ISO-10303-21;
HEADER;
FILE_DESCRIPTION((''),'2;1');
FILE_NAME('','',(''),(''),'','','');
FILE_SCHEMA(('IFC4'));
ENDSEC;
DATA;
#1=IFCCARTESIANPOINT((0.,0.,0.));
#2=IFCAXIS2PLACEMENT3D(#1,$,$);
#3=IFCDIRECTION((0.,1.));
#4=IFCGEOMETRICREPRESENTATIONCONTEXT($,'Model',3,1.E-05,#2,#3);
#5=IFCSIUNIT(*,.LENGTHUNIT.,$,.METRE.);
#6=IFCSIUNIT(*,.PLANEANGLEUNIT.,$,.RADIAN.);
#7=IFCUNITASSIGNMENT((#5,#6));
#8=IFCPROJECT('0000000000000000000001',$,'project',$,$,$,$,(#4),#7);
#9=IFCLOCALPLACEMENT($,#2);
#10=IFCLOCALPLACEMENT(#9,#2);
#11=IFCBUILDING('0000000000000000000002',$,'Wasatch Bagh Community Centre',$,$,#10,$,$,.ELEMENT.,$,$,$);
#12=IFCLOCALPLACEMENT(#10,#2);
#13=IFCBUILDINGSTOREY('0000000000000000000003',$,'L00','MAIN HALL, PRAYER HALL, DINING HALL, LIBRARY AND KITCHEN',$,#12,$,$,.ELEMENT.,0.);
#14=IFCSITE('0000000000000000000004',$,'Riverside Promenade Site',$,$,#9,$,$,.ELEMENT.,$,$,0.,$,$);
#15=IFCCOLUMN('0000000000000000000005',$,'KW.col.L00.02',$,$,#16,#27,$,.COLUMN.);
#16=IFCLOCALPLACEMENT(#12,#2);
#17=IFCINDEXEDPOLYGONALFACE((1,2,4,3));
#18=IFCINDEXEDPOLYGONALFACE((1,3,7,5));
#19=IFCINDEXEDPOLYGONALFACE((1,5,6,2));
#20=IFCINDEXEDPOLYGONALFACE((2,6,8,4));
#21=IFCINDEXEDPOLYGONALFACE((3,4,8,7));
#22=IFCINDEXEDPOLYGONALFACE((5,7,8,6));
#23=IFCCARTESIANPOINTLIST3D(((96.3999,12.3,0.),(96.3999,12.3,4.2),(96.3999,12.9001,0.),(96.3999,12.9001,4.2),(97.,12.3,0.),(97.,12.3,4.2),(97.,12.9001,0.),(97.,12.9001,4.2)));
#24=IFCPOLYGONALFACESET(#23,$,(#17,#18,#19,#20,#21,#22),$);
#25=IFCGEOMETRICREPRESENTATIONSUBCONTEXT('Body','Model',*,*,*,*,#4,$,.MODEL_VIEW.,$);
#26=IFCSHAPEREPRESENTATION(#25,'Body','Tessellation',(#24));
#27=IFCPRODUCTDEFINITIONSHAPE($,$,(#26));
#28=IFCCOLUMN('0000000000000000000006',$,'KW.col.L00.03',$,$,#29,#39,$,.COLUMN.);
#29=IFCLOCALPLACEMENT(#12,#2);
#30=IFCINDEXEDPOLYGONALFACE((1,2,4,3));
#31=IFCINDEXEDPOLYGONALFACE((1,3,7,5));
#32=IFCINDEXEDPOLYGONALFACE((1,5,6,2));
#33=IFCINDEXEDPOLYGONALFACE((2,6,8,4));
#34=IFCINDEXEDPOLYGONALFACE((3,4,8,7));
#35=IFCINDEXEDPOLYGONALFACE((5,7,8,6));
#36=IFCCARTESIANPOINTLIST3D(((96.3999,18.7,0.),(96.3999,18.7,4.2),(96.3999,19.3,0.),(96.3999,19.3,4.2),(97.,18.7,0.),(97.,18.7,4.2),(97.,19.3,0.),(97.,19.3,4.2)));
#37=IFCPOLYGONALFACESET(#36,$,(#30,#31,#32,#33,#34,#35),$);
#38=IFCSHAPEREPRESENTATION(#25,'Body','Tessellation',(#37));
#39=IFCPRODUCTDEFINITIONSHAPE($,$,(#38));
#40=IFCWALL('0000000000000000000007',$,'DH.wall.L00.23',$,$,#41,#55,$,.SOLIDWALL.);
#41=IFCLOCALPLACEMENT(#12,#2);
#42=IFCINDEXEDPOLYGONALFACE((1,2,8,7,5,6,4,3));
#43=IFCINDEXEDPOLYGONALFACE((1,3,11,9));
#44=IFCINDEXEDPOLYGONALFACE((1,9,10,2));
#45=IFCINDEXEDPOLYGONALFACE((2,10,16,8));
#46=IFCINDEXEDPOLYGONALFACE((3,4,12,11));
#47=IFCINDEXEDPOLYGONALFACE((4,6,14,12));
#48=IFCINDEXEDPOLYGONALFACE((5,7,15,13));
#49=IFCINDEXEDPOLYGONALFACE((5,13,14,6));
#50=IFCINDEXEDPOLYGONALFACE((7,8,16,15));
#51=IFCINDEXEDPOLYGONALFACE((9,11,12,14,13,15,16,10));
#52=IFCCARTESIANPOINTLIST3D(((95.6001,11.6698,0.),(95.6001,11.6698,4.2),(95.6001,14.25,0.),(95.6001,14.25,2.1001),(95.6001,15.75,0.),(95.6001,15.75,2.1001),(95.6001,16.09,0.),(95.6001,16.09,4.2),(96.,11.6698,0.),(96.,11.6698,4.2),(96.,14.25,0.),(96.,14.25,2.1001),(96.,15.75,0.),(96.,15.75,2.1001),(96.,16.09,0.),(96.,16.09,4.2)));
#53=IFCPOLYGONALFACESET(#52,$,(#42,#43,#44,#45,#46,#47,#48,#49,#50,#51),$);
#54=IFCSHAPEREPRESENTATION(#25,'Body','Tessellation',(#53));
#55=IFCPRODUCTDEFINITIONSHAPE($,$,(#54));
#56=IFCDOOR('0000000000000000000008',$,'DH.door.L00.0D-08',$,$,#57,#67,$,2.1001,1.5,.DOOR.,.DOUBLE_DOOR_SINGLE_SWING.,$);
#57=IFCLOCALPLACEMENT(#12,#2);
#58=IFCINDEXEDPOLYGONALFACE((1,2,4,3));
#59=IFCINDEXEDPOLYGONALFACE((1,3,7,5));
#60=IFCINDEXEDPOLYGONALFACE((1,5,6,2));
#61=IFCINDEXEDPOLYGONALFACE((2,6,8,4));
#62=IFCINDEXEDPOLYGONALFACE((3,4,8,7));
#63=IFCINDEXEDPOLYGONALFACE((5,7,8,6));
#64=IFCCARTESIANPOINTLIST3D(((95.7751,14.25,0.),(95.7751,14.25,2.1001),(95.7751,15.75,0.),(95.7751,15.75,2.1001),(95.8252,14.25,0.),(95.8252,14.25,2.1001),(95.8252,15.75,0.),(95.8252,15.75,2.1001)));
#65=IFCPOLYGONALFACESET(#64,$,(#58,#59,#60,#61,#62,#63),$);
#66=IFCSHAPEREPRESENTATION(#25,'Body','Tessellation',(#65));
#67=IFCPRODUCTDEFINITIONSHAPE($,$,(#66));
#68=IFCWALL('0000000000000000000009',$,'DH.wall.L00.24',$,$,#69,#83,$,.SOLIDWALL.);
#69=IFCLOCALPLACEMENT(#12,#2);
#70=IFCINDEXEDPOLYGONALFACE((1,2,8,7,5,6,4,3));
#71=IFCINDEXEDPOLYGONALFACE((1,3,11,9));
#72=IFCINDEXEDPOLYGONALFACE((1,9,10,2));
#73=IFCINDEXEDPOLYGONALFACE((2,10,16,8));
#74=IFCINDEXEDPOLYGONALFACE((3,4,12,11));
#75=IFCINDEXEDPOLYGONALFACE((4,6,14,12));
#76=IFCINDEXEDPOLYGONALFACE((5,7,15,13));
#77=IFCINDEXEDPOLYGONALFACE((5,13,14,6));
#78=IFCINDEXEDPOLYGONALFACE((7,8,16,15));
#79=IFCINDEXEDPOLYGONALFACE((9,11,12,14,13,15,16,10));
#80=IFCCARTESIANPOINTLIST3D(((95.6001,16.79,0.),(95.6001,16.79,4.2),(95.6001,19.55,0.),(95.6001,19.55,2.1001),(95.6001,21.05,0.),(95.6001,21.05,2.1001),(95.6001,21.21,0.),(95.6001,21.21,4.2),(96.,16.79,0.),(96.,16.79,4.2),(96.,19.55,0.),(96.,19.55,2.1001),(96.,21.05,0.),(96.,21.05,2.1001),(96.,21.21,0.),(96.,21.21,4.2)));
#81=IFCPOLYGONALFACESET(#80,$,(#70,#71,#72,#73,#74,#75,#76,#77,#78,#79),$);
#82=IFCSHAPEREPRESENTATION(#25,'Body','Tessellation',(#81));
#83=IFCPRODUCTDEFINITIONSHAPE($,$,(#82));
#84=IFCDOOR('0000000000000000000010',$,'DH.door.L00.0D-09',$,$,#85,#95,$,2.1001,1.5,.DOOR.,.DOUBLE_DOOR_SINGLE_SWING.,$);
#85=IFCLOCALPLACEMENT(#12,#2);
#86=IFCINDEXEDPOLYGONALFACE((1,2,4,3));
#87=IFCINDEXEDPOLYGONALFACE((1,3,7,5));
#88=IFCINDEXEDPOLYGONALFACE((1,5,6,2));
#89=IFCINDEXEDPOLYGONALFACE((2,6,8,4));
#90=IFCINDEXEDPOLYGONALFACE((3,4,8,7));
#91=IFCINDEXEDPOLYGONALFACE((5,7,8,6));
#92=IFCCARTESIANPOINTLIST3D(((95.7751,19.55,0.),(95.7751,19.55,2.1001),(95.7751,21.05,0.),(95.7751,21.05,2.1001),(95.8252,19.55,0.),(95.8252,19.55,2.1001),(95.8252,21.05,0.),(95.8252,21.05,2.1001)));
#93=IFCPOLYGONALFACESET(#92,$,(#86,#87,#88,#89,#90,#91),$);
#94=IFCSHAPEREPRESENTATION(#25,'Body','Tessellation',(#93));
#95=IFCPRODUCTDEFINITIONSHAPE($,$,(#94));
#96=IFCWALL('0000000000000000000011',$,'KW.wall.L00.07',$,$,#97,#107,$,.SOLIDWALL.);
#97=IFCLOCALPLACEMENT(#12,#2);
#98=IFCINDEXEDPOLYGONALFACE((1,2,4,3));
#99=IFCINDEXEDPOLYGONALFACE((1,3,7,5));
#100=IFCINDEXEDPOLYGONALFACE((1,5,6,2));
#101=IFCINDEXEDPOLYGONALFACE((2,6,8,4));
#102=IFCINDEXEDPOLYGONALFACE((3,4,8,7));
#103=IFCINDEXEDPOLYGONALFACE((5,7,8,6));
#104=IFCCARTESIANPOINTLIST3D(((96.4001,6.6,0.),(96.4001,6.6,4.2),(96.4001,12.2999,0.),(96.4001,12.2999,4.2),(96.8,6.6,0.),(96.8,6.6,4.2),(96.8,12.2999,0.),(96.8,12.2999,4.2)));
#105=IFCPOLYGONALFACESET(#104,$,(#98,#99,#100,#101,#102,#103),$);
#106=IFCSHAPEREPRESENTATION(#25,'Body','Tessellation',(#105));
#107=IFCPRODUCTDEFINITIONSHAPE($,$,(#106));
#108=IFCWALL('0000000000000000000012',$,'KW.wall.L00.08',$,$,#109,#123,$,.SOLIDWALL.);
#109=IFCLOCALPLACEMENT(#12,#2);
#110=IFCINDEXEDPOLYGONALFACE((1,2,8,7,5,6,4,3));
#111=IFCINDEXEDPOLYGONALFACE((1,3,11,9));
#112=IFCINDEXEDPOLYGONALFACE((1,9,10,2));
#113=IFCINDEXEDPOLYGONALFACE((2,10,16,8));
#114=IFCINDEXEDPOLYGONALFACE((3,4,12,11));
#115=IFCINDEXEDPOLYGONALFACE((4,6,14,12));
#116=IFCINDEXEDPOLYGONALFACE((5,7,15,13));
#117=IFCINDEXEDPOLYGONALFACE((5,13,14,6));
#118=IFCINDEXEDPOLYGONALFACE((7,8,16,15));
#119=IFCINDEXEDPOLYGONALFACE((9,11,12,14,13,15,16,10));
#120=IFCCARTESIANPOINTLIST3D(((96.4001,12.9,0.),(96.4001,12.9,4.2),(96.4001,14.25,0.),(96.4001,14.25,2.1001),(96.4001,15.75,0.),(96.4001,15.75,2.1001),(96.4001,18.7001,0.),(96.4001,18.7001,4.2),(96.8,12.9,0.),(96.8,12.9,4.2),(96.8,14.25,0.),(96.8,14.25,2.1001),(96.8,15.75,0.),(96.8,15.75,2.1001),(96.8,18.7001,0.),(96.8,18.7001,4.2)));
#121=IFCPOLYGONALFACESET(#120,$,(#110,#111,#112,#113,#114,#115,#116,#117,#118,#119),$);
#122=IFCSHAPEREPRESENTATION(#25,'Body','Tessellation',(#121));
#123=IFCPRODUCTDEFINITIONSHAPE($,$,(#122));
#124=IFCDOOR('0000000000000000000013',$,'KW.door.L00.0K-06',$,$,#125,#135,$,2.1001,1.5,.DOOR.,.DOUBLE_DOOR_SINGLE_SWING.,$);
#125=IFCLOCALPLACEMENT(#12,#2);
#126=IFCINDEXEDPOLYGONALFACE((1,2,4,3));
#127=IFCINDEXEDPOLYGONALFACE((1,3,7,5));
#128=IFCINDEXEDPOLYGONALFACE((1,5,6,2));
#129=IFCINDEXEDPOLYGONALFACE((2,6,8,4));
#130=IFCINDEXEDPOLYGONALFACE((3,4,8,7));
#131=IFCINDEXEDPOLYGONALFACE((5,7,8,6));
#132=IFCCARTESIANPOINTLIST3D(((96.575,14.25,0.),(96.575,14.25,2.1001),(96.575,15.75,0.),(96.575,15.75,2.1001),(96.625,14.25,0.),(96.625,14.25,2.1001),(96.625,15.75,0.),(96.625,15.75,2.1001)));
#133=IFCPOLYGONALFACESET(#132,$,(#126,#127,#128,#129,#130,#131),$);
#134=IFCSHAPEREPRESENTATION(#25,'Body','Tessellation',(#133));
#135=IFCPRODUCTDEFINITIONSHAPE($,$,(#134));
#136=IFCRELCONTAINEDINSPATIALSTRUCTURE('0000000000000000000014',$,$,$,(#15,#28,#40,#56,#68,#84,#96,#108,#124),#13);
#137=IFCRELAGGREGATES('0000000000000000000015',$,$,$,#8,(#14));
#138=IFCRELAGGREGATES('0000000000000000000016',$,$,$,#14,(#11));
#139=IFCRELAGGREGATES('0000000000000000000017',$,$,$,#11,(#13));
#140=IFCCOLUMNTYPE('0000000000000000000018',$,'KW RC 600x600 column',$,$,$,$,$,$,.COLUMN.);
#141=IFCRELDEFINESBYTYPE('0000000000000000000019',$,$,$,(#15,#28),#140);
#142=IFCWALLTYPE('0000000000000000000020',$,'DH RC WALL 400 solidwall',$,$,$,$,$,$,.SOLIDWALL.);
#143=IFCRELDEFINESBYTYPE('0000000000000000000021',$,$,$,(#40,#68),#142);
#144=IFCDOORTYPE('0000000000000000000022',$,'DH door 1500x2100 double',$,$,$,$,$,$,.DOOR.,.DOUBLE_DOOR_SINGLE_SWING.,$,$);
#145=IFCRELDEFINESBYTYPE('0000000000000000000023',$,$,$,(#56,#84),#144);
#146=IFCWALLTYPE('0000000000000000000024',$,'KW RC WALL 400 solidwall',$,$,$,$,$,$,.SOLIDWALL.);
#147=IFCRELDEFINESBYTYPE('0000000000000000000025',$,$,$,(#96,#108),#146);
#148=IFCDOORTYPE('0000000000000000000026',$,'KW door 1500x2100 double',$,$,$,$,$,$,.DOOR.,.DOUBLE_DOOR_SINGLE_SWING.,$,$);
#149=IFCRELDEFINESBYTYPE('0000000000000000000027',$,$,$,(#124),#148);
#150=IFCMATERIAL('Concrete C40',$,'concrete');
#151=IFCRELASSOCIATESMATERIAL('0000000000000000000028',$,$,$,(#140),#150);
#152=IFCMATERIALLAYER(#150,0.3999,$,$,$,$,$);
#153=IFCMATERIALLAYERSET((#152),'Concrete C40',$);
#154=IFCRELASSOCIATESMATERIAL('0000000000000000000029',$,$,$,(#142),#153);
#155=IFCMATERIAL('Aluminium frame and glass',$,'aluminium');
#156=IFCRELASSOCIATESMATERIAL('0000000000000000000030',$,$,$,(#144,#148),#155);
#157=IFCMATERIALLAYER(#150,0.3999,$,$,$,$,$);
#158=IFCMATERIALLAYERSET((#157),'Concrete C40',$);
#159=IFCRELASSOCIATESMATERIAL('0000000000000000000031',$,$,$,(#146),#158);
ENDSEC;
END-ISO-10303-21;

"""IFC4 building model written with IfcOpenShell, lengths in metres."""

from ifc_helpers import new_model, si_unit, direction, frame, frame_2d, origin, origin_2d, place, context, subcontext, project, spatial, rectangle, extrude, material, layer, layer_set, material_profile, profile_set, type_object, element, fill, save


model = new_model("IFC4")

# Units and contexts
model_context = context("Model", 3, precision=1e-05, world=origin(), true_north=direction((0.0, 1.0)))
body_context = subcontext(model_context, "Body", "Model", "MODEL_VIEW")
ifc_project = project(units=[si_unit("LENGTHUNIT", "METRE"), si_unit("PLANEANGLEUNIT", "RADIAN")], contexts=[model_context])

# Site, building, storey
site_placement = place(None, origin())
site = spatial("IfcSite", under=ifc_project, at=site_placement, Name="Riverside Promenade Site", CompositionType="ELEMENT", RefElevation=0.0)
building_placement = place(site_placement, origin())
building = spatial("IfcBuilding", under=site, at=building_placement, Name="Wasatch Bagh Community Centre", CompositionType="ELEMENT")
storey_placement = place(building_placement, origin())
storey = spatial("IfcBuildingStorey", under=building, at=storey_placement, Name="L00", Description="MAIN HALL, PRAYER HALL, DINING HALL, LIBRARY AND KITCHEN", CompositionType="ELEMENT", Elevation=0.0)

# Columns
ifc_material_1 = material(Name="Concrete C40", Category="concrete")
ifc_material_profile_1 = material_profile(ifc_material_1, rectangle(XDim=0.6001, YDim=0.6001, at=origin_2d()), Name="RC 600x600")
ifc_profile_set_1 = profile_set([ifc_material_profile_1], Name="Concrete C40")
column_type_1 = type_object("IfcColumnType", Name="KW RC 600x600 column", PredefinedType="COLUMN", material=ifc_profile_set_1)
for number, where, z_axis, x_axis, name in (
    (1, (96.7, 12.6001, 0.0), (0.0, 0.0, 1.0), (1.0, 0.0, 0.0), "KW.col.L00.02"),
    (2, (96.7, 19.0, 0.0), (0.0, 0.0, 1.0), (1.0, 0.0, 0.0), "KW.col.L00.03"),
):
    element("IfcColumn", number, at=place(storey_placement, frame(where, z_axis=z_axis, x_axis=x_axis)), inside=storey, type_object=column_type_1, Name=name, PredefinedType="COLUMN", context=body_context, shape_type="SweptSolid", body=[
        extrude(rectangle(XDim=0.6001, YDim=0.6001, at=origin_2d()), origin(), (0.0, 0.0, 1.0), 4.2),
    ])

# Walls, openings, doors
ifc_layer_1 = layer(ifc_material_1, 0.3999)
ifc_layer_set_1 = layer_set([ifc_layer_1], Name="Concrete C40")
wall_type_1 = type_object("IfcWallType", Name="DH RC WALL 400 solidwall", PredefinedType="SOLIDWALL", material=ifc_layer_set_1)
wall_1_placement = place(storey_placement, frame((95.8, 11.6699, 0.0), z_axis=(0.0, 0.0, 1.0), x_axis=(0.0, 1.0, 0.0)))
wall_1 = element("IfcWall", 3, at=wall_1_placement, inside=storey, type_object=wall_type_1, Name="DH.wall.L00.23", PredefinedType="SOLIDWALL", context=body_context, shape_type="SweptSolid", body=[
    extrude(rectangle(XDim=4.4202, YDim=0.3999, at=frame_2d((2.21, 0.0))), origin(), (0.0, 0.0, 1.0), 4.2),
])
opening_1_placement = place(wall_1_placement, frame((2.5801, 0.0, 0.0)))
opening_1 = element("IfcOpeningElement", 4, at=opening_1_placement, cuts=wall_1, PredefinedType="OPENING", context=body_context, shape_type="SweptSolid", body=[
    extrude(rectangle(XDim=1.5, YDim=2.1001, at=frame_2d((0.75, 1.05))), frame((0.0, 0.21, 0.0), z_axis=(0.0, -1.0, 0.0), x_axis=(1.0, 0.0, 0.0)), (0.0, 0.0, 1.0), 0.4199),
])
ifc_material_2 = material(Name="Aluminium frame and glass", Category="aluminium")
door_type_1 = type_object("IfcDoorType", Name="DH door 1500x2100 double", OperationType="DOUBLE_DOOR_SINGLE_SWING", PredefinedType="DOOR", material=ifc_material_2)
door_1_placement = place(opening_1_placement, origin())
door_1 = element("IfcDoor", 5, at=door_1_placement, inside=storey, type_object=door_type_1, Name="DH.door.L00.0D-08", OperationType="DOUBLE_DOOR_SINGLE_SWING", OverallHeight=2.1001, OverallWidth=1.5, PredefinedType="DOOR", context=body_context, shape_type="SweptSolid", body=[
    extrude(rectangle(XDim=1.5, YDim=2.1001, at=frame_2d((0.75, 1.05))), frame((0.0, 0.0249, 0.0), z_axis=(0.0, -1.0, 0.0), x_axis=(1.0, 0.0, 0.0)), (0.0, 0.0, 1.0), 0.05),
])
fill(opening_1, door_1)
wall_2_placement = place(storey_placement, frame((95.8, 16.79, 0.0), z_axis=(0.0, 0.0, 1.0), x_axis=(0.0, 1.0, 0.0)))
wall_2 = element("IfcWall", 6, at=wall_2_placement, inside=storey, type_object=wall_type_1, Name="DH.wall.L00.24", PredefinedType="SOLIDWALL", context=body_context, shape_type="SweptSolid", body=[
    extrude(rectangle(XDim=4.4199, YDim=0.3999, at=frame_2d((2.21, 0.0))), origin(), (0.0, 0.0, 1.0), 4.2),
])
opening_2_placement = place(wall_2_placement, frame((2.76, 0.0, 0.0)))
opening_2 = element("IfcOpeningElement", 7, at=opening_2_placement, cuts=wall_2, PredefinedType="OPENING", context=body_context, shape_type="SweptSolid", body=[
    extrude(rectangle(XDim=1.5, YDim=2.1001, at=frame_2d((0.75, 1.05))), frame((0.0, 0.21, 0.0), z_axis=(0.0, -1.0, 0.0), x_axis=(1.0, 0.0, 0.0)), (0.0, 0.0, 1.0), 0.4199),
])
door_2_placement = place(opening_2_placement, origin())
door_2 = element("IfcDoor", 8, at=door_2_placement, inside=storey, type_object=door_type_1, Name="DH.door.L00.0D-09", OperationType="DOUBLE_DOOR_SINGLE_SWING", OverallHeight=2.1001, OverallWidth=1.5, PredefinedType="DOOR", context=body_context, shape_type="SweptSolid", body=[
    extrude(rectangle(XDim=1.5, YDim=2.1001, at=frame_2d((0.75, 1.05))), frame((0.0, 0.0249, 0.0), z_axis=(0.0, -1.0, 0.0), x_axis=(1.0, 0.0, 0.0)), (0.0, 0.0, 1.0), 0.05),
])
fill(opening_2, door_2)

# Wall
ifc_layer_2 = layer(ifc_material_1, 0.3999)
ifc_layer_set_2 = layer_set([ifc_layer_2], Name="Concrete C40")
wall_type_2 = type_object("IfcWallType", Name="KW RC WALL 400 solidwall", PredefinedType="SOLIDWALL", material=ifc_layer_set_2)
wall_3_placement = place(storey_placement, frame((96.6001, 12.3, 0.0), z_axis=(0.0, 0.0, 1.0), x_axis=(0.0, -1.0, 0.0)))
element("IfcWall", 9, at=wall_3_placement, inside=storey, type_object=wall_type_2, Name="KW.wall.L00.07", PredefinedType="SOLIDWALL", context=body_context, shape_type="SweptSolid", body=[
    extrude(rectangle(XDim=5.7, YDim=0.3999, at=frame_2d((2.8501, 0.0))), origin(), (0.0, 0.0, 1.0), 4.2),
])

# Wall, opening, door
wall_4_placement = place(storey_placement, frame((96.6001, 18.7, 0.0), z_axis=(0.0, 0.0, 1.0), x_axis=(0.0, -1.0, 0.0)))
wall_4 = element("IfcWall", 10, at=wall_4_placement, inside=storey, type_object=wall_type_2, Name="KW.wall.L00.08", PredefinedType="SOLIDWALL", context=body_context, shape_type="SweptSolid", body=[
    extrude(rectangle(XDim=5.8, YDim=0.3999, at=frame_2d((2.8999, 0.0))), origin(), (0.0, 0.0, 1.0), 4.2),
])
opening_3_placement = place(wall_4_placement, frame((2.95, 0.0, 0.0)))
opening_3 = element("IfcOpeningElement", 11, at=opening_3_placement, cuts=wall_4, PredefinedType="OPENING", context=body_context, shape_type="SweptSolid", body=[
    extrude(rectangle(XDim=1.5, YDim=2.1001, at=frame_2d((0.75, 1.05))), frame((0.0, 0.21, 0.0), z_axis=(0.0, -1.0, 0.0), x_axis=(1.0, 0.0, 0.0)), (0.0, 0.0, 1.0), 0.4199),
])
door_type_2 = type_object("IfcDoorType", Name="KW door 1500x2100 double", OperationType="DOUBLE_DOOR_SINGLE_SWING", PredefinedType="DOOR", material=ifc_material_2)
door_3_placement = place(opening_3_placement, origin())
door_3 = element("IfcDoor", 12, at=door_3_placement, inside=storey, type_object=door_type_2, Name="KW.door.L00.0K-06", OperationType="DOUBLE_DOOR_SINGLE_SWING", OverallHeight=2.1001, OverallWidth=1.5, PredefinedType="DOOR", context=body_context, shape_type="SweptSolid", body=[
    extrude(rectangle(XDim=1.5, YDim=2.1001, at=frame_2d((0.75, 1.05))), frame((0.0, 0.0249, 0.0), z_axis=(0.0, -1.0, 0.0), x_axis=(1.0, 0.0, 0.0)), (0.0, 0.0, 1.0), 0.05),
])
fill(opening_3, door_3)

save(model, "model.ifc")
